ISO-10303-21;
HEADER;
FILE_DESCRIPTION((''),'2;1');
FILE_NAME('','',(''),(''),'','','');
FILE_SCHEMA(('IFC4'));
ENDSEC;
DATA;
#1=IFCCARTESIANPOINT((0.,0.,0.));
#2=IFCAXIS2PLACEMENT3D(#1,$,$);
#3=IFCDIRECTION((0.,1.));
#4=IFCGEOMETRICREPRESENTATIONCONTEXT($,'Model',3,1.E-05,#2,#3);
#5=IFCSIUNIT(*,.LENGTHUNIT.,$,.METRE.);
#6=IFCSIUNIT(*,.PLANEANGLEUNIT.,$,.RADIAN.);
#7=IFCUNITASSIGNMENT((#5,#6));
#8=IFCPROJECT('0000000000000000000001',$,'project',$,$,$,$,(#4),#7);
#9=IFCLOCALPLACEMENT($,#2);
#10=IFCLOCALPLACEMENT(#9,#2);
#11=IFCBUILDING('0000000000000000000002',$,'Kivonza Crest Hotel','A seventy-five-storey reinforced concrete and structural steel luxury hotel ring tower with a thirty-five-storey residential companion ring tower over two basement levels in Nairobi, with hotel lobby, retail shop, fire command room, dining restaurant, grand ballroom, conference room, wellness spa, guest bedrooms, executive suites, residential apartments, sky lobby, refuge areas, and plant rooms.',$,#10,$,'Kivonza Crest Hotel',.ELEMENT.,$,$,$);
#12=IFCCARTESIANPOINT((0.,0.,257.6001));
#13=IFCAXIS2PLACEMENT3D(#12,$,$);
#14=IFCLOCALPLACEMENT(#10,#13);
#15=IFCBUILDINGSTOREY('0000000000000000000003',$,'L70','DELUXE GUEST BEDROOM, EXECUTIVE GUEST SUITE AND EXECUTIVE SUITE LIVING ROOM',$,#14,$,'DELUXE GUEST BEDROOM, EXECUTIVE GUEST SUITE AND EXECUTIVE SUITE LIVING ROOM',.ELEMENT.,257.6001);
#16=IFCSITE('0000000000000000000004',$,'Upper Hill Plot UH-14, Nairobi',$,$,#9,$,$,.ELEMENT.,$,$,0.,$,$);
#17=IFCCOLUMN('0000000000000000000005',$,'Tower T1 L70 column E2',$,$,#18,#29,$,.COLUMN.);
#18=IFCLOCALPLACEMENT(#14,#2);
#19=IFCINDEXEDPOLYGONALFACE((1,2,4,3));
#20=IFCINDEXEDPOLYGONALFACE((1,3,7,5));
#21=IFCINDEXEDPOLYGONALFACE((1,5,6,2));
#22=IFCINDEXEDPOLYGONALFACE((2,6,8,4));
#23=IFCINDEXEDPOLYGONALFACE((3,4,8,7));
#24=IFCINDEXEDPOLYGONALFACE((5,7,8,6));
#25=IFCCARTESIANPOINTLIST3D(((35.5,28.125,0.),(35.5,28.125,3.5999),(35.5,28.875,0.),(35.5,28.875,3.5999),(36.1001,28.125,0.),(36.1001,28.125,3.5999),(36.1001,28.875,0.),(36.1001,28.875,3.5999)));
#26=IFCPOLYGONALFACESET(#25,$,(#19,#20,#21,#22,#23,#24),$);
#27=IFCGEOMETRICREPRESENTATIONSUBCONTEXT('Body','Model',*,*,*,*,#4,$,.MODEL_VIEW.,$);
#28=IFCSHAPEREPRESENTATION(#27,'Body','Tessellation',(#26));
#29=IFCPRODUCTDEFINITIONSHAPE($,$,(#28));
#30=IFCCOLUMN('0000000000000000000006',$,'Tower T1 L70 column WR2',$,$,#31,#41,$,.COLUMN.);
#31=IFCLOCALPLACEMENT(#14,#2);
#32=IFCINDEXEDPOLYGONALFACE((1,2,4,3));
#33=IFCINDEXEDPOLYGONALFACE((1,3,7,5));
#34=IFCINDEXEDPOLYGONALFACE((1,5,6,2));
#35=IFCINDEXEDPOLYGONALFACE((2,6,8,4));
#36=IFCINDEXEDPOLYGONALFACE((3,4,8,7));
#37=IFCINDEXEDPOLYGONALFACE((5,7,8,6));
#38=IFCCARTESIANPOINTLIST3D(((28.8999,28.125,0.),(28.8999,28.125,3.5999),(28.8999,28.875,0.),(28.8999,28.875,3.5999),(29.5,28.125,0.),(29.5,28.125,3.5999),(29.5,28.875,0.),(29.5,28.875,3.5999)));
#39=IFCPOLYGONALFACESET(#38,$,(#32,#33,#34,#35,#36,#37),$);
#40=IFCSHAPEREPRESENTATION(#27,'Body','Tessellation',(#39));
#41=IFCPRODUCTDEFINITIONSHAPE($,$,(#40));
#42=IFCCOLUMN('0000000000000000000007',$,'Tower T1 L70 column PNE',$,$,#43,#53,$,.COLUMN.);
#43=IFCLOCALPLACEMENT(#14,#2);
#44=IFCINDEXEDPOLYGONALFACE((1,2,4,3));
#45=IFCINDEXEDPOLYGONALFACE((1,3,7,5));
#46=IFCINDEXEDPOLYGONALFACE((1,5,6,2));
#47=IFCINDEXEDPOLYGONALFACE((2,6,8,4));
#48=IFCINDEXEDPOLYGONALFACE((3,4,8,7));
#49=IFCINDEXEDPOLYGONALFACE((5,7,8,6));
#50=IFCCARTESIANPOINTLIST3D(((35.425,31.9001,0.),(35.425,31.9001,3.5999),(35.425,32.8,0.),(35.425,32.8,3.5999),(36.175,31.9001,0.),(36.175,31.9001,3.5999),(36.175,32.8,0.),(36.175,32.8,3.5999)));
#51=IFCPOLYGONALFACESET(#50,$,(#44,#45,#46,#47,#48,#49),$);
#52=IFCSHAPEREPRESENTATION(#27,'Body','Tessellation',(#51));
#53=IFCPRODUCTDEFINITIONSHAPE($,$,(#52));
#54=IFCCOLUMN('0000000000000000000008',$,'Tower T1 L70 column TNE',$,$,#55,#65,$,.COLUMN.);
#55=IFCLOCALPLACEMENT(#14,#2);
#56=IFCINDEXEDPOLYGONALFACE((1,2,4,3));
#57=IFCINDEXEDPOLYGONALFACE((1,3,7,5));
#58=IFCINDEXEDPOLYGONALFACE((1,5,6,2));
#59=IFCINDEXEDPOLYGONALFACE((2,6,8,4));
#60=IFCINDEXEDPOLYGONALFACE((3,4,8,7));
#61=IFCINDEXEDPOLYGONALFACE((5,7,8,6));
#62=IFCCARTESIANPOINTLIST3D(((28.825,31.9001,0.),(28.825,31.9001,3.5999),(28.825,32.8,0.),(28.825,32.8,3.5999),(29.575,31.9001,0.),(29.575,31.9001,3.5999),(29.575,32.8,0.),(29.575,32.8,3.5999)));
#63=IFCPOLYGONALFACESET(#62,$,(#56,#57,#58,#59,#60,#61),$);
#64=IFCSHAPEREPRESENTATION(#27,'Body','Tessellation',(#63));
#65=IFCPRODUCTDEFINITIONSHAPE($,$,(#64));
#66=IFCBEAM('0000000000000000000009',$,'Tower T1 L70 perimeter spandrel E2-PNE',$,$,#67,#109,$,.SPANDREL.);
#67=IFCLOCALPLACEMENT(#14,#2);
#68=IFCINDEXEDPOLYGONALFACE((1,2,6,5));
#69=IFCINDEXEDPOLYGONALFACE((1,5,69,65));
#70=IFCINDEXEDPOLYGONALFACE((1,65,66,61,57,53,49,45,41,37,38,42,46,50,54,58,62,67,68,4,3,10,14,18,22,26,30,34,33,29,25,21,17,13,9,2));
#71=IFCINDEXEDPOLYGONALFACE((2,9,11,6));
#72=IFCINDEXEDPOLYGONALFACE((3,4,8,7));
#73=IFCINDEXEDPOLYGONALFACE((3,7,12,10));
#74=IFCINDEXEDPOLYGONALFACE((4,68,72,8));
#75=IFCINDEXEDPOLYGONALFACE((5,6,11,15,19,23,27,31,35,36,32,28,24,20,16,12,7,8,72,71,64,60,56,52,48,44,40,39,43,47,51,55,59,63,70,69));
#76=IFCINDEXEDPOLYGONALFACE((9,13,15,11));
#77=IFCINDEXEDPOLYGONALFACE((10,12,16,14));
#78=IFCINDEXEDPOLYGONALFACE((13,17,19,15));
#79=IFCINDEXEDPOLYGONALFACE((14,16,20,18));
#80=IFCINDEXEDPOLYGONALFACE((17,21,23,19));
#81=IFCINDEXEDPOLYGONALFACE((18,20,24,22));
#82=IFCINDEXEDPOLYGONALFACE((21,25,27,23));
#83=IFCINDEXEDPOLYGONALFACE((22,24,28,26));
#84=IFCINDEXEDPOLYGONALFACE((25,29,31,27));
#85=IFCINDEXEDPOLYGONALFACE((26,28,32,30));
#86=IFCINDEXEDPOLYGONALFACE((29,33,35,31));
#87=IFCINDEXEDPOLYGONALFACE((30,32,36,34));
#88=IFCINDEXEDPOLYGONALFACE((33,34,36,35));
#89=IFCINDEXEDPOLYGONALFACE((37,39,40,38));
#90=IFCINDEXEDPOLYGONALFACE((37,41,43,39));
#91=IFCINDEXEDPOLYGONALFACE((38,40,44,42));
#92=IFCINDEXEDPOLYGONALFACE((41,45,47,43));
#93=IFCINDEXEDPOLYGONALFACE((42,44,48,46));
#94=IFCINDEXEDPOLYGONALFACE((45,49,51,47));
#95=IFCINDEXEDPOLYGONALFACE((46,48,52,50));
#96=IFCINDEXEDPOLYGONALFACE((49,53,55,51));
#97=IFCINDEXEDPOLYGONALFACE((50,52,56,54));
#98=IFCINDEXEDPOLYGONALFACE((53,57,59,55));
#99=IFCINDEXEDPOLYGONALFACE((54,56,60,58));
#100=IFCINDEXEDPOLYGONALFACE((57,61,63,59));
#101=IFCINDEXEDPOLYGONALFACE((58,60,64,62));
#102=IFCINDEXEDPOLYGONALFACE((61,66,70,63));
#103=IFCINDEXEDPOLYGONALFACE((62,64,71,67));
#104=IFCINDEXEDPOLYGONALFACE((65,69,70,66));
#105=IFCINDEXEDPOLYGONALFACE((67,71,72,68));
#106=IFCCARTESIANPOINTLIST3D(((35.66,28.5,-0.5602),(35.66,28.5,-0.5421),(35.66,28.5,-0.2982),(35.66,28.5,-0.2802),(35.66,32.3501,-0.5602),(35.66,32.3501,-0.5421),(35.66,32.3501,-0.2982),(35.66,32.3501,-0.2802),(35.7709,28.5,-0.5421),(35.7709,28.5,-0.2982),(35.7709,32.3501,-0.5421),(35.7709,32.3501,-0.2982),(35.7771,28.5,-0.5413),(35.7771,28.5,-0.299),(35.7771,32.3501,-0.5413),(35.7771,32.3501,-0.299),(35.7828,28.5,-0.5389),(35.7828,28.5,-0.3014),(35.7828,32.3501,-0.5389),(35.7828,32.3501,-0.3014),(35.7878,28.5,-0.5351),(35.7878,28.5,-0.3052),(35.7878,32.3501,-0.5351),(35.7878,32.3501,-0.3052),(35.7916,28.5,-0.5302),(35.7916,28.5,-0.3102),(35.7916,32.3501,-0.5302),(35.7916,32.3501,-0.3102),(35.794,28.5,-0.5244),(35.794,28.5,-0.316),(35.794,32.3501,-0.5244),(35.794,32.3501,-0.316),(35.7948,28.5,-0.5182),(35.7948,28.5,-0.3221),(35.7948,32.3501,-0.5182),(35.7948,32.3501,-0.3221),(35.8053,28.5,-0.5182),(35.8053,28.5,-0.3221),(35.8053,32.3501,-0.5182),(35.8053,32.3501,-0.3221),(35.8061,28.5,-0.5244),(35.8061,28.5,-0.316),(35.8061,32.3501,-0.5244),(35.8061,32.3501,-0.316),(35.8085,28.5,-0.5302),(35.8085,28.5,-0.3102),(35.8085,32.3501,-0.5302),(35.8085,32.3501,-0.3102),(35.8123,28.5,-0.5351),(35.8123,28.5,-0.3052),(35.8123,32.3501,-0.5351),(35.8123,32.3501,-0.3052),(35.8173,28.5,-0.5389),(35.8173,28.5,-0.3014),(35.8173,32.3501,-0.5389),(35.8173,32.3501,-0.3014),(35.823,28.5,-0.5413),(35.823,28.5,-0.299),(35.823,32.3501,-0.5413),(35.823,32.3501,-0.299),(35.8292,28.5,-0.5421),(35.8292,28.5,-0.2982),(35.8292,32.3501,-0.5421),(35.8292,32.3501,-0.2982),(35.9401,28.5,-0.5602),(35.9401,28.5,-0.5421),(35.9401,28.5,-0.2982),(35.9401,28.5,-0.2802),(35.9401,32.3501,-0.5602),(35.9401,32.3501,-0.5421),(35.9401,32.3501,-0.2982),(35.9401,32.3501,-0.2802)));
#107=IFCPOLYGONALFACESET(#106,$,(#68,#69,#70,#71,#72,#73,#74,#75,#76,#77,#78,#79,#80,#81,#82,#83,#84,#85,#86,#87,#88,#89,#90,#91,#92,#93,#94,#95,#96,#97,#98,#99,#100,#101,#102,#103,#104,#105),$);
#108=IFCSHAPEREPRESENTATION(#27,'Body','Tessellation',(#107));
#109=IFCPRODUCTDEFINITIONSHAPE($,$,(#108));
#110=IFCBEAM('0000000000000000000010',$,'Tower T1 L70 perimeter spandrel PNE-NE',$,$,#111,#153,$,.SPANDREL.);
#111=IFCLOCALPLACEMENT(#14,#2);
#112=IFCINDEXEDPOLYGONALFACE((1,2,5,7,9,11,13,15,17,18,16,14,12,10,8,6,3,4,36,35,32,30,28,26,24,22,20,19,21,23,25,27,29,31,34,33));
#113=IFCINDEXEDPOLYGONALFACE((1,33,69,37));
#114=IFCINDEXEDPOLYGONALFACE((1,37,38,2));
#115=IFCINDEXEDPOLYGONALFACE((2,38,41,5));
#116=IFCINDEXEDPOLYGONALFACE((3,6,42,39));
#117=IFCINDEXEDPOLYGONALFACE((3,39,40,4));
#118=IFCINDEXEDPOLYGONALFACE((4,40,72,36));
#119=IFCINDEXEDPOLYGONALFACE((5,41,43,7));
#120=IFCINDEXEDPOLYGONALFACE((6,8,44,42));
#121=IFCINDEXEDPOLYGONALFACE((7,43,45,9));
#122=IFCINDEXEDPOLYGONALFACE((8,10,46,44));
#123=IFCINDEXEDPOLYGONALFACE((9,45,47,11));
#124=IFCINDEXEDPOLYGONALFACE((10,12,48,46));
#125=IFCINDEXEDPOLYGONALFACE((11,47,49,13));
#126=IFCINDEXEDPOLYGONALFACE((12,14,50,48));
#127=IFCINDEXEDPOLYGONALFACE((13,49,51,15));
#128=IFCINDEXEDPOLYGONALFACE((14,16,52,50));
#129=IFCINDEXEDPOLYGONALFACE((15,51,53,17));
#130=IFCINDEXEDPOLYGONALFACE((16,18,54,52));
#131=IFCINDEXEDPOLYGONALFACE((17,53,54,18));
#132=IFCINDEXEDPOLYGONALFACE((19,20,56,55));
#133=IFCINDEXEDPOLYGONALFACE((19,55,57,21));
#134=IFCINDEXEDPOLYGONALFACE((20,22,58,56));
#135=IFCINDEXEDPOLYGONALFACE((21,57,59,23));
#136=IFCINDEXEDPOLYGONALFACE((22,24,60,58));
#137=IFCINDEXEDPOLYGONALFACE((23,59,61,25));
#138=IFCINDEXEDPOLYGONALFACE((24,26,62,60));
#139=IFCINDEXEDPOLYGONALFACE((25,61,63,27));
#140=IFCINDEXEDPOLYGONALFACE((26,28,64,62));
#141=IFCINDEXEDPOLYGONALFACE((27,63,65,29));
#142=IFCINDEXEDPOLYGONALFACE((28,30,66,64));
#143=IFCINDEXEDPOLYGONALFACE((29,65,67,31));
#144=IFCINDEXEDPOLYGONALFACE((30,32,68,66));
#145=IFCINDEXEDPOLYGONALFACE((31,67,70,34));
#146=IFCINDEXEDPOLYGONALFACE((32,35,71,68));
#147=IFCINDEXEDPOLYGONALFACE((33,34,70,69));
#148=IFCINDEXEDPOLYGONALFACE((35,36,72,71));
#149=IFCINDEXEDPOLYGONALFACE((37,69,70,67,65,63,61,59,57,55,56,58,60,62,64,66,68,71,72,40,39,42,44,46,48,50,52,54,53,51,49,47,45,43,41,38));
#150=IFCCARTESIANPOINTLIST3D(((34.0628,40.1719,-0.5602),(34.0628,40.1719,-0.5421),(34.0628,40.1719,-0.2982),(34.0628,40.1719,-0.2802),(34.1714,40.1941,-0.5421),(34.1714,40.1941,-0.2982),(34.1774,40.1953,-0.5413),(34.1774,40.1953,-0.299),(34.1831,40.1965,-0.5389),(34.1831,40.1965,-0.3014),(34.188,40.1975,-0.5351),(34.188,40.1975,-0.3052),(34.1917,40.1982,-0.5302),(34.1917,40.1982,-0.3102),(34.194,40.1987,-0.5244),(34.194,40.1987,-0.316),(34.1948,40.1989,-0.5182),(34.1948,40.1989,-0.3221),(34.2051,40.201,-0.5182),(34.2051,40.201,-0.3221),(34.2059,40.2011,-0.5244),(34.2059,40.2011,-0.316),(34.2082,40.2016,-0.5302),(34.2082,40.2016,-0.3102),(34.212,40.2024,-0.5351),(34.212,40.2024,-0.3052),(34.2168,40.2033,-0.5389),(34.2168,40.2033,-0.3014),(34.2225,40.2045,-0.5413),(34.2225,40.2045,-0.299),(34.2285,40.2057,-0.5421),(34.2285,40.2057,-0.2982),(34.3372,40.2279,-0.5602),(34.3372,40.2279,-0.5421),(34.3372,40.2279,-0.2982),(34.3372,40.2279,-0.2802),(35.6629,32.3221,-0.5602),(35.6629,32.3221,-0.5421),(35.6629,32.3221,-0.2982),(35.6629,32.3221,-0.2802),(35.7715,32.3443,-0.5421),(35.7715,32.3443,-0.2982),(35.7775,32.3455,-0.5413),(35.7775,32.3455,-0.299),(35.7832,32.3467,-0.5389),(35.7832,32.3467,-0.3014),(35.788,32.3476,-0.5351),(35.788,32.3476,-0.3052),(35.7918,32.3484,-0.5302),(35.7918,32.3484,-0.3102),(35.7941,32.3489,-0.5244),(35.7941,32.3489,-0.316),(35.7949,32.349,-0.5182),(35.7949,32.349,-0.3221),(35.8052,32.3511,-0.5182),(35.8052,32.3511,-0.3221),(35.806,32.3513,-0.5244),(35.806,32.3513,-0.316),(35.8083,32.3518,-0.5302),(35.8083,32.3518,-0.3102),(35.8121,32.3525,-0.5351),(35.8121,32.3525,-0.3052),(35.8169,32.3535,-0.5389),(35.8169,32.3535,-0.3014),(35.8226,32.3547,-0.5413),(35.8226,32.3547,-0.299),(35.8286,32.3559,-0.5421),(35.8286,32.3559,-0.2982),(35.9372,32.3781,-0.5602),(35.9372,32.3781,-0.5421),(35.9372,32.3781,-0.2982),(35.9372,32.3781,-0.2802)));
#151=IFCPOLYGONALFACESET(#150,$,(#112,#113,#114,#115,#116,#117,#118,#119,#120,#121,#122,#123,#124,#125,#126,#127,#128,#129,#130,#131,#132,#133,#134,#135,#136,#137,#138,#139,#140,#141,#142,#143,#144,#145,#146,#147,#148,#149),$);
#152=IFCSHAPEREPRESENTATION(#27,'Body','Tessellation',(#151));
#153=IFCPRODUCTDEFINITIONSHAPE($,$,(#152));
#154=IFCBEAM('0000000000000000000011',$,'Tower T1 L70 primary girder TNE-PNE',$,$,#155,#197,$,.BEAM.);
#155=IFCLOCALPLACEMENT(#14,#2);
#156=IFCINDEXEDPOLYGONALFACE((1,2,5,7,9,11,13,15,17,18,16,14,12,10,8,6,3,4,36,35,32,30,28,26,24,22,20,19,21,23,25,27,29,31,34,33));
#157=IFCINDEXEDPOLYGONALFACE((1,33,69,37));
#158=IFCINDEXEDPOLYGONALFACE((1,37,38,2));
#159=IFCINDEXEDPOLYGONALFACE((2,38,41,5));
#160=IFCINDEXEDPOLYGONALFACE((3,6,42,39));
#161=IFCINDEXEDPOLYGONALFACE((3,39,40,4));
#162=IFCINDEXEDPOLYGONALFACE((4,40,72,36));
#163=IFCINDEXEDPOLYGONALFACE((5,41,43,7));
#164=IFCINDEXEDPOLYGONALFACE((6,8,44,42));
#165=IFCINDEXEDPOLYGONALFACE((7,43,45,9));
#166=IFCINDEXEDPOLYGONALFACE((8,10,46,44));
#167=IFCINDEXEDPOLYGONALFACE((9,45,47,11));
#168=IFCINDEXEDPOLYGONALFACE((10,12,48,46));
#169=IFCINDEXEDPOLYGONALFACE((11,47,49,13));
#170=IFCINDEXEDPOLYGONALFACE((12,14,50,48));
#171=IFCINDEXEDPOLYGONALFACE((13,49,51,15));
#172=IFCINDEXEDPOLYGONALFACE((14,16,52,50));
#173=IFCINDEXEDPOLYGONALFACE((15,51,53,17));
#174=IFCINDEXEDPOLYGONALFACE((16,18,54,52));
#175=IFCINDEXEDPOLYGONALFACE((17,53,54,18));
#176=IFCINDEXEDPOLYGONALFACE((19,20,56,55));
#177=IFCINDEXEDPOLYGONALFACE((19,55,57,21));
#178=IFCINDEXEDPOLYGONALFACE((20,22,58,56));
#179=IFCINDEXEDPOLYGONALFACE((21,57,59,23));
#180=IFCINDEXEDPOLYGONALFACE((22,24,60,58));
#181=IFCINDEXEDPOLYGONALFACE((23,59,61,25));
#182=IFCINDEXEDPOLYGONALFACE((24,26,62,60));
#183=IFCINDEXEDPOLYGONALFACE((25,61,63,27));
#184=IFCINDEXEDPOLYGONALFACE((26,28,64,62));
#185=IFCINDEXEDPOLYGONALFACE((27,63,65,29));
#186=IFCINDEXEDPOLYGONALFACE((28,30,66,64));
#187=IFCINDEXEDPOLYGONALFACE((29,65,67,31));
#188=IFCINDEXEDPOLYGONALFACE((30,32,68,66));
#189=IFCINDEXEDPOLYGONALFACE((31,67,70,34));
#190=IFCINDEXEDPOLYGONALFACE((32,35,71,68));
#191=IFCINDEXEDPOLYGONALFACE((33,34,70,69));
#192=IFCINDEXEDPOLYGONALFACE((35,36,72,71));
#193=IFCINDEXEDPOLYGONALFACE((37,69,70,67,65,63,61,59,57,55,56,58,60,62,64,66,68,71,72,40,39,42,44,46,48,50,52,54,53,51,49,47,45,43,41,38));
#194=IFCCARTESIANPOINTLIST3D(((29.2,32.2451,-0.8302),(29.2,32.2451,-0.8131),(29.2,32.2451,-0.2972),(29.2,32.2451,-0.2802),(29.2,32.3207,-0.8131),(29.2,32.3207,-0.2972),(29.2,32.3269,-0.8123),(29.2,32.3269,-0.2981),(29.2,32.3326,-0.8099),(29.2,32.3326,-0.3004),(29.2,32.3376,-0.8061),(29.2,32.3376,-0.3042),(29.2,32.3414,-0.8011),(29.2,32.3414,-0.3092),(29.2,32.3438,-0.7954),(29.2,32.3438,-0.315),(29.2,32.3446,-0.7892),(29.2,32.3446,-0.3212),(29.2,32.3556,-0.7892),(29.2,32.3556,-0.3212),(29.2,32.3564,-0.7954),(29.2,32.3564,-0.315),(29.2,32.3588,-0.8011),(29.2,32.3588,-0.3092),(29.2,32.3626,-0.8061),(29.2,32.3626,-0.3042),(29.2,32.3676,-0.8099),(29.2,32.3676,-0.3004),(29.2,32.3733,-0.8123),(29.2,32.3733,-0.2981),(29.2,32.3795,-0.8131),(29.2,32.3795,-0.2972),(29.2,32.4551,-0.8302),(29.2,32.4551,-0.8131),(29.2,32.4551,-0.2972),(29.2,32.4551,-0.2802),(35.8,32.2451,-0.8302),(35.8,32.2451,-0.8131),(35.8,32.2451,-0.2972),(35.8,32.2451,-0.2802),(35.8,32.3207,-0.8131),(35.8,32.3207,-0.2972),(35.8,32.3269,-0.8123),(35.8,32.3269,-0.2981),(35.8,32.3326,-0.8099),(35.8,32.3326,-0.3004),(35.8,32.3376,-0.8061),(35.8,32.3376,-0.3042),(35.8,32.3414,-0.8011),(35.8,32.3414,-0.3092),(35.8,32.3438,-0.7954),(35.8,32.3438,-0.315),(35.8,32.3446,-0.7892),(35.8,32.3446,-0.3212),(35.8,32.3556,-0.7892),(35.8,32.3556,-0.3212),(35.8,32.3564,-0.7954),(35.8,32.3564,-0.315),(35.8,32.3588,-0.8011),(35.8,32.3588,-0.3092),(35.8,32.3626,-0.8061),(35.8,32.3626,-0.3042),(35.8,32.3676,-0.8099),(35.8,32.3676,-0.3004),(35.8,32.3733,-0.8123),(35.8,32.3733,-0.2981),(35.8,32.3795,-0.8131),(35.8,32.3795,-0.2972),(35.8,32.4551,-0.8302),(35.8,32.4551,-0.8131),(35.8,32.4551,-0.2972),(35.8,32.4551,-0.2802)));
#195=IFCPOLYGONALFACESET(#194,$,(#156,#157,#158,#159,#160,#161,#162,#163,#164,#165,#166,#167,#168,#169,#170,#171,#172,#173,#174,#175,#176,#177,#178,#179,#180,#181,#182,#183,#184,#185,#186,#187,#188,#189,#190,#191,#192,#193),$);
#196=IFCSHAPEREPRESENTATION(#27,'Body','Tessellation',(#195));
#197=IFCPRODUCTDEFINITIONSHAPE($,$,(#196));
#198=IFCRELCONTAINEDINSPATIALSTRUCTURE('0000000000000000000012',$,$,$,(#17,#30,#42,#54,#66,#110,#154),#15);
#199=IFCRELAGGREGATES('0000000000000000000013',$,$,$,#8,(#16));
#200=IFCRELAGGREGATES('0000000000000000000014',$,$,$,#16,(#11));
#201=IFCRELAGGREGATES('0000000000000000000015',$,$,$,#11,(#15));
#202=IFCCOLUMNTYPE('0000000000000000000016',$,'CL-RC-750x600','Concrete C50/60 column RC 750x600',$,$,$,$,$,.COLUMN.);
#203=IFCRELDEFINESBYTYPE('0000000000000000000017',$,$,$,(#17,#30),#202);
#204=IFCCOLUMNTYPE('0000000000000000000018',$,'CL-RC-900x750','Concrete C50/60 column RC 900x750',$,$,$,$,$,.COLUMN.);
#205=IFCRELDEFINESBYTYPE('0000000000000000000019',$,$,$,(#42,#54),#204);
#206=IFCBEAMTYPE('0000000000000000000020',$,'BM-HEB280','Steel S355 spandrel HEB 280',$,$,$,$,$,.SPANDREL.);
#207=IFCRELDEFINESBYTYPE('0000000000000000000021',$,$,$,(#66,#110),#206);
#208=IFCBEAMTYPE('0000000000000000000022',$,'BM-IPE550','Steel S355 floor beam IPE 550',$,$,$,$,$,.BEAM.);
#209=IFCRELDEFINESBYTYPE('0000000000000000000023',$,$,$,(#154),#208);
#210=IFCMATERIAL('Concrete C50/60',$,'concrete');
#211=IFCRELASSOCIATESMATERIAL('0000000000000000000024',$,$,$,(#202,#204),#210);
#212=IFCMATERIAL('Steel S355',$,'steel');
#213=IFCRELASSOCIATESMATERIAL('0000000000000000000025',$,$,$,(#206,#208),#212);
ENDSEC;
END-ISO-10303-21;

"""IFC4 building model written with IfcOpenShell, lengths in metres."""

from ifc_helpers import new_model, si_unit, direction, frame, origin, origin_2d, place, context, subcontext, project, spatial, rectangle, i_section, extrude, material, material_profile, profile_set, type_object, element, save


model = new_model("IFC4")

# Units and contexts
model_context = context("Model", 3, precision=1e-05, world=origin(), true_north=direction((0.0, 1.0)))
body_context = subcontext(model_context, "Body", "Model", "MODEL_VIEW")
ifc_project = project(units=[si_unit("LENGTHUNIT", "METRE"), si_unit("PLANEANGLEUNIT", "RADIAN")], contexts=[model_context])

# Site, building, storey
site_placement = place(None, origin())
site = spatial("IfcSite", under=ifc_project, at=site_placement, Name="Upper Hill Plot UH-14, Nairobi", CompositionType="ELEMENT", RefElevation=0.0)
building_placement = place(site_placement, origin())
building = spatial("IfcBuilding", under=site, at=building_placement, Name="Kivonza Crest Hotel", Description="A seventy-five-storey reinforced concrete and structural steel luxury hotel ring tower with a thirty-five-storey residential companion ring tower over two basement levels in Nairobi, with hotel lobby, retail shop, fire command room, dining restaurant, grand ballroom, conference room, wellness spa, guest bedrooms, executive suites, residential apartments, sky lobby, refuge areas, and plant rooms.", LongName="Kivonza Crest Hotel", CompositionType="ELEMENT")
storey_placement = place(building_placement, frame((0.0, 0.0, 257.6001)))
storey = spatial("IfcBuildingStorey", under=building, at=storey_placement, Name="L70", Description="DELUXE GUEST BEDROOM, EXECUTIVE GUEST SUITE AND EXECUTIVE SUITE LIVING ROOM", LongName="DELUXE GUEST BEDROOM, EXECUTIVE GUEST SUITE AND EXECUTIVE SUITE LIVING ROOM", CompositionType="ELEMENT", Elevation=257.6001)

# Columns
ifc_material_1 = material(Name="Concrete C50/60", Category="concrete")
ifc_material_profile_1 = material_profile(ifc_material_1, rectangle(XDim=0.6001, YDim=0.75, at=origin_2d()), Name="RC 750x600")
ifc_profile_set_1 = profile_set([ifc_material_profile_1], Name="Concrete C50/60")
column_type_1 = type_object("IfcColumnType", Name="CL-RC-750x600", Description="Concrete C50/60 column RC 750x600", PredefinedType="COLUMN", material=ifc_profile_set_1)
for number, where, z_axis, x_axis, name in (
    (1, (35.8, 28.5, 0.0), (0.0, 0.0, 1.0), (1.0, 0.0, 0.0), "Tower T1 L70 column E2"),
    (2, (29.2, 28.5, 0.0), (0.0, 0.0, 1.0), (1.0, 0.0, 0.0), "Tower T1 L70 column WR2"),
):
    element("IfcColumn", number, at=place(storey_placement, frame(where, z_axis=z_axis, x_axis=x_axis)), inside=storey, type_object=column_type_1, Name=name, PredefinedType="COLUMN", context=body_context, shape_type="SweptSolid", body=[
        extrude(rectangle(XDim=0.6001, YDim=0.75, at=origin_2d()), origin(), (0.0, 0.0, 1.0), 3.5999),
    ])
ifc_material_profile_2 = material_profile(ifc_material_1, rectangle(XDim=0.75, YDim=0.8999, at=origin_2d()), Name="RC 900x750")
ifc_profile_set_2 = profile_set([ifc_material_profile_2], Name="Concrete C50/60")
column_type_2 = type_object("IfcColumnType", Name="CL-RC-900x750", Description="Concrete C50/60 column RC 900x750", PredefinedType="COLUMN", material=ifc_profile_set_2)
for number, where, z_axis, x_axis, name in (
    (3, (35.8, 32.3501, 0.0), (0.0, 0.0, 1.0), (1.0, 0.0, 0.0), "Tower T1 L70 column PNE"),
    (4, (29.2, 32.3501, 0.0), (0.0, 0.0, 1.0), (1.0, 0.0, 0.0), "Tower T1 L70 column TNE"),
):
    element("IfcColumn", number, at=place(storey_placement, frame(where, z_axis=z_axis, x_axis=x_axis)), inside=storey, type_object=column_type_2, Name=name, PredefinedType="COLUMN", context=body_context, shape_type="SweptSolid", body=[
        extrude(rectangle(XDim=0.75, YDim=0.8999, at=origin_2d()), origin(), (0.0, 0.0, 1.0), 3.5999),
    ])

# Beams
ifc_material_2 = material(Name="Steel S355", Category="steel")
ifc_material_profile_3 = material_profile(ifc_material_2, i_section(OverallWidth=0.28, OverallDepth=0.28, WebThickness=0.0105, FlangeThickness=0.0181, FilletRadius=0.0239, at=origin_2d()), Name="HEB 280")
ifc_profile_set_3 = profile_set([ifc_material_profile_3], Name="Steel S355")
beam_type_1 = type_object("IfcBeamType", Name="BM-HEB280", Description="Steel S355 spandrel HEB 280", PredefinedType="SPANDREL", material=ifc_profile_set_3)
beam_1_placement = place(storey_placement, frame((35.8, 28.5, -0.4202), z_axis=(0.0, 1.0, 0.0), x_axis=(-1.0, 0.0, 0.0)))
element("IfcBeam", 5, at=beam_1_placement, inside=storey, type_object=beam_type_1, Name="Tower T1 L70 perimeter spandrel E2-PNE", PredefinedType="SPANDREL", context=body_context, shape_type="SweptSolid", body=[
    extrude(i_section(OverallWidth=0.28, OverallDepth=0.28, WebThickness=0.0105, FlangeThickness=0.0181, FilletRadius=0.0239, at=origin_2d()), origin(), (0.0, 0.0, 1.0), 3.8501),
])
beam_2_placement = place(storey_placement, frame((35.8, 32.3501, -0.4202), z_axis=(-0.199731, 0.979851, 0.0), x_axis=(-0.979851, -0.199731, 0.0)))
element("IfcBeam", 6, at=beam_2_placement, inside=storey, type_object=beam_type_1, Name="Tower T1 L70 perimeter spandrel PNE-NE", PredefinedType="SPANDREL", context=body_context, shape_type="SweptSolid", body=[
    extrude(i_section(OverallWidth=0.28, OverallDepth=0.28, WebThickness=0.0105, FlangeThickness=0.0181, FilletRadius=0.0239, at=origin_2d()), origin(), (0.0, 0.0, 1.0), 8.0112),
])
ifc_material_profile_4 = material_profile(ifc_material_2, i_section(OverallWidth=0.21, OverallDepth=0.55, WebThickness=0.011, FlangeThickness=0.0171, FilletRadius=0.0239, at=origin_2d()), Name="IPE 550")
ifc_profile_set_4 = profile_set([ifc_material_profile_4], Name="Steel S355")
beam_type_2 = type_object("IfcBeamType", Name="BM-IPE550", Description="Steel S355 floor beam IPE 550", PredefinedType="BEAM", material=ifc_profile_set_4)
beam_3_placement = place(storey_placement, frame((29.2, 32.3501, -0.5552), z_axis=(1.0, 0.0, 0.0), x_axis=(0.0, 1.0, 0.0)))
element("IfcBeam", 7, at=beam_3_placement, inside=storey, type_object=beam_type_2, Name="Tower T1 L70 primary girder TNE-PNE", PredefinedType="BEAM", context=body_context, shape_type="SweptSolid", body=[
    extrude(i_section(OverallWidth=0.21, OverallDepth=0.55, WebThickness=0.011, FlangeThickness=0.0171, FilletRadius=0.0239, at=origin_2d()), origin(), (0.0, 0.0, 1.0), 6.6001),
])

save(model, "model.ifc")
